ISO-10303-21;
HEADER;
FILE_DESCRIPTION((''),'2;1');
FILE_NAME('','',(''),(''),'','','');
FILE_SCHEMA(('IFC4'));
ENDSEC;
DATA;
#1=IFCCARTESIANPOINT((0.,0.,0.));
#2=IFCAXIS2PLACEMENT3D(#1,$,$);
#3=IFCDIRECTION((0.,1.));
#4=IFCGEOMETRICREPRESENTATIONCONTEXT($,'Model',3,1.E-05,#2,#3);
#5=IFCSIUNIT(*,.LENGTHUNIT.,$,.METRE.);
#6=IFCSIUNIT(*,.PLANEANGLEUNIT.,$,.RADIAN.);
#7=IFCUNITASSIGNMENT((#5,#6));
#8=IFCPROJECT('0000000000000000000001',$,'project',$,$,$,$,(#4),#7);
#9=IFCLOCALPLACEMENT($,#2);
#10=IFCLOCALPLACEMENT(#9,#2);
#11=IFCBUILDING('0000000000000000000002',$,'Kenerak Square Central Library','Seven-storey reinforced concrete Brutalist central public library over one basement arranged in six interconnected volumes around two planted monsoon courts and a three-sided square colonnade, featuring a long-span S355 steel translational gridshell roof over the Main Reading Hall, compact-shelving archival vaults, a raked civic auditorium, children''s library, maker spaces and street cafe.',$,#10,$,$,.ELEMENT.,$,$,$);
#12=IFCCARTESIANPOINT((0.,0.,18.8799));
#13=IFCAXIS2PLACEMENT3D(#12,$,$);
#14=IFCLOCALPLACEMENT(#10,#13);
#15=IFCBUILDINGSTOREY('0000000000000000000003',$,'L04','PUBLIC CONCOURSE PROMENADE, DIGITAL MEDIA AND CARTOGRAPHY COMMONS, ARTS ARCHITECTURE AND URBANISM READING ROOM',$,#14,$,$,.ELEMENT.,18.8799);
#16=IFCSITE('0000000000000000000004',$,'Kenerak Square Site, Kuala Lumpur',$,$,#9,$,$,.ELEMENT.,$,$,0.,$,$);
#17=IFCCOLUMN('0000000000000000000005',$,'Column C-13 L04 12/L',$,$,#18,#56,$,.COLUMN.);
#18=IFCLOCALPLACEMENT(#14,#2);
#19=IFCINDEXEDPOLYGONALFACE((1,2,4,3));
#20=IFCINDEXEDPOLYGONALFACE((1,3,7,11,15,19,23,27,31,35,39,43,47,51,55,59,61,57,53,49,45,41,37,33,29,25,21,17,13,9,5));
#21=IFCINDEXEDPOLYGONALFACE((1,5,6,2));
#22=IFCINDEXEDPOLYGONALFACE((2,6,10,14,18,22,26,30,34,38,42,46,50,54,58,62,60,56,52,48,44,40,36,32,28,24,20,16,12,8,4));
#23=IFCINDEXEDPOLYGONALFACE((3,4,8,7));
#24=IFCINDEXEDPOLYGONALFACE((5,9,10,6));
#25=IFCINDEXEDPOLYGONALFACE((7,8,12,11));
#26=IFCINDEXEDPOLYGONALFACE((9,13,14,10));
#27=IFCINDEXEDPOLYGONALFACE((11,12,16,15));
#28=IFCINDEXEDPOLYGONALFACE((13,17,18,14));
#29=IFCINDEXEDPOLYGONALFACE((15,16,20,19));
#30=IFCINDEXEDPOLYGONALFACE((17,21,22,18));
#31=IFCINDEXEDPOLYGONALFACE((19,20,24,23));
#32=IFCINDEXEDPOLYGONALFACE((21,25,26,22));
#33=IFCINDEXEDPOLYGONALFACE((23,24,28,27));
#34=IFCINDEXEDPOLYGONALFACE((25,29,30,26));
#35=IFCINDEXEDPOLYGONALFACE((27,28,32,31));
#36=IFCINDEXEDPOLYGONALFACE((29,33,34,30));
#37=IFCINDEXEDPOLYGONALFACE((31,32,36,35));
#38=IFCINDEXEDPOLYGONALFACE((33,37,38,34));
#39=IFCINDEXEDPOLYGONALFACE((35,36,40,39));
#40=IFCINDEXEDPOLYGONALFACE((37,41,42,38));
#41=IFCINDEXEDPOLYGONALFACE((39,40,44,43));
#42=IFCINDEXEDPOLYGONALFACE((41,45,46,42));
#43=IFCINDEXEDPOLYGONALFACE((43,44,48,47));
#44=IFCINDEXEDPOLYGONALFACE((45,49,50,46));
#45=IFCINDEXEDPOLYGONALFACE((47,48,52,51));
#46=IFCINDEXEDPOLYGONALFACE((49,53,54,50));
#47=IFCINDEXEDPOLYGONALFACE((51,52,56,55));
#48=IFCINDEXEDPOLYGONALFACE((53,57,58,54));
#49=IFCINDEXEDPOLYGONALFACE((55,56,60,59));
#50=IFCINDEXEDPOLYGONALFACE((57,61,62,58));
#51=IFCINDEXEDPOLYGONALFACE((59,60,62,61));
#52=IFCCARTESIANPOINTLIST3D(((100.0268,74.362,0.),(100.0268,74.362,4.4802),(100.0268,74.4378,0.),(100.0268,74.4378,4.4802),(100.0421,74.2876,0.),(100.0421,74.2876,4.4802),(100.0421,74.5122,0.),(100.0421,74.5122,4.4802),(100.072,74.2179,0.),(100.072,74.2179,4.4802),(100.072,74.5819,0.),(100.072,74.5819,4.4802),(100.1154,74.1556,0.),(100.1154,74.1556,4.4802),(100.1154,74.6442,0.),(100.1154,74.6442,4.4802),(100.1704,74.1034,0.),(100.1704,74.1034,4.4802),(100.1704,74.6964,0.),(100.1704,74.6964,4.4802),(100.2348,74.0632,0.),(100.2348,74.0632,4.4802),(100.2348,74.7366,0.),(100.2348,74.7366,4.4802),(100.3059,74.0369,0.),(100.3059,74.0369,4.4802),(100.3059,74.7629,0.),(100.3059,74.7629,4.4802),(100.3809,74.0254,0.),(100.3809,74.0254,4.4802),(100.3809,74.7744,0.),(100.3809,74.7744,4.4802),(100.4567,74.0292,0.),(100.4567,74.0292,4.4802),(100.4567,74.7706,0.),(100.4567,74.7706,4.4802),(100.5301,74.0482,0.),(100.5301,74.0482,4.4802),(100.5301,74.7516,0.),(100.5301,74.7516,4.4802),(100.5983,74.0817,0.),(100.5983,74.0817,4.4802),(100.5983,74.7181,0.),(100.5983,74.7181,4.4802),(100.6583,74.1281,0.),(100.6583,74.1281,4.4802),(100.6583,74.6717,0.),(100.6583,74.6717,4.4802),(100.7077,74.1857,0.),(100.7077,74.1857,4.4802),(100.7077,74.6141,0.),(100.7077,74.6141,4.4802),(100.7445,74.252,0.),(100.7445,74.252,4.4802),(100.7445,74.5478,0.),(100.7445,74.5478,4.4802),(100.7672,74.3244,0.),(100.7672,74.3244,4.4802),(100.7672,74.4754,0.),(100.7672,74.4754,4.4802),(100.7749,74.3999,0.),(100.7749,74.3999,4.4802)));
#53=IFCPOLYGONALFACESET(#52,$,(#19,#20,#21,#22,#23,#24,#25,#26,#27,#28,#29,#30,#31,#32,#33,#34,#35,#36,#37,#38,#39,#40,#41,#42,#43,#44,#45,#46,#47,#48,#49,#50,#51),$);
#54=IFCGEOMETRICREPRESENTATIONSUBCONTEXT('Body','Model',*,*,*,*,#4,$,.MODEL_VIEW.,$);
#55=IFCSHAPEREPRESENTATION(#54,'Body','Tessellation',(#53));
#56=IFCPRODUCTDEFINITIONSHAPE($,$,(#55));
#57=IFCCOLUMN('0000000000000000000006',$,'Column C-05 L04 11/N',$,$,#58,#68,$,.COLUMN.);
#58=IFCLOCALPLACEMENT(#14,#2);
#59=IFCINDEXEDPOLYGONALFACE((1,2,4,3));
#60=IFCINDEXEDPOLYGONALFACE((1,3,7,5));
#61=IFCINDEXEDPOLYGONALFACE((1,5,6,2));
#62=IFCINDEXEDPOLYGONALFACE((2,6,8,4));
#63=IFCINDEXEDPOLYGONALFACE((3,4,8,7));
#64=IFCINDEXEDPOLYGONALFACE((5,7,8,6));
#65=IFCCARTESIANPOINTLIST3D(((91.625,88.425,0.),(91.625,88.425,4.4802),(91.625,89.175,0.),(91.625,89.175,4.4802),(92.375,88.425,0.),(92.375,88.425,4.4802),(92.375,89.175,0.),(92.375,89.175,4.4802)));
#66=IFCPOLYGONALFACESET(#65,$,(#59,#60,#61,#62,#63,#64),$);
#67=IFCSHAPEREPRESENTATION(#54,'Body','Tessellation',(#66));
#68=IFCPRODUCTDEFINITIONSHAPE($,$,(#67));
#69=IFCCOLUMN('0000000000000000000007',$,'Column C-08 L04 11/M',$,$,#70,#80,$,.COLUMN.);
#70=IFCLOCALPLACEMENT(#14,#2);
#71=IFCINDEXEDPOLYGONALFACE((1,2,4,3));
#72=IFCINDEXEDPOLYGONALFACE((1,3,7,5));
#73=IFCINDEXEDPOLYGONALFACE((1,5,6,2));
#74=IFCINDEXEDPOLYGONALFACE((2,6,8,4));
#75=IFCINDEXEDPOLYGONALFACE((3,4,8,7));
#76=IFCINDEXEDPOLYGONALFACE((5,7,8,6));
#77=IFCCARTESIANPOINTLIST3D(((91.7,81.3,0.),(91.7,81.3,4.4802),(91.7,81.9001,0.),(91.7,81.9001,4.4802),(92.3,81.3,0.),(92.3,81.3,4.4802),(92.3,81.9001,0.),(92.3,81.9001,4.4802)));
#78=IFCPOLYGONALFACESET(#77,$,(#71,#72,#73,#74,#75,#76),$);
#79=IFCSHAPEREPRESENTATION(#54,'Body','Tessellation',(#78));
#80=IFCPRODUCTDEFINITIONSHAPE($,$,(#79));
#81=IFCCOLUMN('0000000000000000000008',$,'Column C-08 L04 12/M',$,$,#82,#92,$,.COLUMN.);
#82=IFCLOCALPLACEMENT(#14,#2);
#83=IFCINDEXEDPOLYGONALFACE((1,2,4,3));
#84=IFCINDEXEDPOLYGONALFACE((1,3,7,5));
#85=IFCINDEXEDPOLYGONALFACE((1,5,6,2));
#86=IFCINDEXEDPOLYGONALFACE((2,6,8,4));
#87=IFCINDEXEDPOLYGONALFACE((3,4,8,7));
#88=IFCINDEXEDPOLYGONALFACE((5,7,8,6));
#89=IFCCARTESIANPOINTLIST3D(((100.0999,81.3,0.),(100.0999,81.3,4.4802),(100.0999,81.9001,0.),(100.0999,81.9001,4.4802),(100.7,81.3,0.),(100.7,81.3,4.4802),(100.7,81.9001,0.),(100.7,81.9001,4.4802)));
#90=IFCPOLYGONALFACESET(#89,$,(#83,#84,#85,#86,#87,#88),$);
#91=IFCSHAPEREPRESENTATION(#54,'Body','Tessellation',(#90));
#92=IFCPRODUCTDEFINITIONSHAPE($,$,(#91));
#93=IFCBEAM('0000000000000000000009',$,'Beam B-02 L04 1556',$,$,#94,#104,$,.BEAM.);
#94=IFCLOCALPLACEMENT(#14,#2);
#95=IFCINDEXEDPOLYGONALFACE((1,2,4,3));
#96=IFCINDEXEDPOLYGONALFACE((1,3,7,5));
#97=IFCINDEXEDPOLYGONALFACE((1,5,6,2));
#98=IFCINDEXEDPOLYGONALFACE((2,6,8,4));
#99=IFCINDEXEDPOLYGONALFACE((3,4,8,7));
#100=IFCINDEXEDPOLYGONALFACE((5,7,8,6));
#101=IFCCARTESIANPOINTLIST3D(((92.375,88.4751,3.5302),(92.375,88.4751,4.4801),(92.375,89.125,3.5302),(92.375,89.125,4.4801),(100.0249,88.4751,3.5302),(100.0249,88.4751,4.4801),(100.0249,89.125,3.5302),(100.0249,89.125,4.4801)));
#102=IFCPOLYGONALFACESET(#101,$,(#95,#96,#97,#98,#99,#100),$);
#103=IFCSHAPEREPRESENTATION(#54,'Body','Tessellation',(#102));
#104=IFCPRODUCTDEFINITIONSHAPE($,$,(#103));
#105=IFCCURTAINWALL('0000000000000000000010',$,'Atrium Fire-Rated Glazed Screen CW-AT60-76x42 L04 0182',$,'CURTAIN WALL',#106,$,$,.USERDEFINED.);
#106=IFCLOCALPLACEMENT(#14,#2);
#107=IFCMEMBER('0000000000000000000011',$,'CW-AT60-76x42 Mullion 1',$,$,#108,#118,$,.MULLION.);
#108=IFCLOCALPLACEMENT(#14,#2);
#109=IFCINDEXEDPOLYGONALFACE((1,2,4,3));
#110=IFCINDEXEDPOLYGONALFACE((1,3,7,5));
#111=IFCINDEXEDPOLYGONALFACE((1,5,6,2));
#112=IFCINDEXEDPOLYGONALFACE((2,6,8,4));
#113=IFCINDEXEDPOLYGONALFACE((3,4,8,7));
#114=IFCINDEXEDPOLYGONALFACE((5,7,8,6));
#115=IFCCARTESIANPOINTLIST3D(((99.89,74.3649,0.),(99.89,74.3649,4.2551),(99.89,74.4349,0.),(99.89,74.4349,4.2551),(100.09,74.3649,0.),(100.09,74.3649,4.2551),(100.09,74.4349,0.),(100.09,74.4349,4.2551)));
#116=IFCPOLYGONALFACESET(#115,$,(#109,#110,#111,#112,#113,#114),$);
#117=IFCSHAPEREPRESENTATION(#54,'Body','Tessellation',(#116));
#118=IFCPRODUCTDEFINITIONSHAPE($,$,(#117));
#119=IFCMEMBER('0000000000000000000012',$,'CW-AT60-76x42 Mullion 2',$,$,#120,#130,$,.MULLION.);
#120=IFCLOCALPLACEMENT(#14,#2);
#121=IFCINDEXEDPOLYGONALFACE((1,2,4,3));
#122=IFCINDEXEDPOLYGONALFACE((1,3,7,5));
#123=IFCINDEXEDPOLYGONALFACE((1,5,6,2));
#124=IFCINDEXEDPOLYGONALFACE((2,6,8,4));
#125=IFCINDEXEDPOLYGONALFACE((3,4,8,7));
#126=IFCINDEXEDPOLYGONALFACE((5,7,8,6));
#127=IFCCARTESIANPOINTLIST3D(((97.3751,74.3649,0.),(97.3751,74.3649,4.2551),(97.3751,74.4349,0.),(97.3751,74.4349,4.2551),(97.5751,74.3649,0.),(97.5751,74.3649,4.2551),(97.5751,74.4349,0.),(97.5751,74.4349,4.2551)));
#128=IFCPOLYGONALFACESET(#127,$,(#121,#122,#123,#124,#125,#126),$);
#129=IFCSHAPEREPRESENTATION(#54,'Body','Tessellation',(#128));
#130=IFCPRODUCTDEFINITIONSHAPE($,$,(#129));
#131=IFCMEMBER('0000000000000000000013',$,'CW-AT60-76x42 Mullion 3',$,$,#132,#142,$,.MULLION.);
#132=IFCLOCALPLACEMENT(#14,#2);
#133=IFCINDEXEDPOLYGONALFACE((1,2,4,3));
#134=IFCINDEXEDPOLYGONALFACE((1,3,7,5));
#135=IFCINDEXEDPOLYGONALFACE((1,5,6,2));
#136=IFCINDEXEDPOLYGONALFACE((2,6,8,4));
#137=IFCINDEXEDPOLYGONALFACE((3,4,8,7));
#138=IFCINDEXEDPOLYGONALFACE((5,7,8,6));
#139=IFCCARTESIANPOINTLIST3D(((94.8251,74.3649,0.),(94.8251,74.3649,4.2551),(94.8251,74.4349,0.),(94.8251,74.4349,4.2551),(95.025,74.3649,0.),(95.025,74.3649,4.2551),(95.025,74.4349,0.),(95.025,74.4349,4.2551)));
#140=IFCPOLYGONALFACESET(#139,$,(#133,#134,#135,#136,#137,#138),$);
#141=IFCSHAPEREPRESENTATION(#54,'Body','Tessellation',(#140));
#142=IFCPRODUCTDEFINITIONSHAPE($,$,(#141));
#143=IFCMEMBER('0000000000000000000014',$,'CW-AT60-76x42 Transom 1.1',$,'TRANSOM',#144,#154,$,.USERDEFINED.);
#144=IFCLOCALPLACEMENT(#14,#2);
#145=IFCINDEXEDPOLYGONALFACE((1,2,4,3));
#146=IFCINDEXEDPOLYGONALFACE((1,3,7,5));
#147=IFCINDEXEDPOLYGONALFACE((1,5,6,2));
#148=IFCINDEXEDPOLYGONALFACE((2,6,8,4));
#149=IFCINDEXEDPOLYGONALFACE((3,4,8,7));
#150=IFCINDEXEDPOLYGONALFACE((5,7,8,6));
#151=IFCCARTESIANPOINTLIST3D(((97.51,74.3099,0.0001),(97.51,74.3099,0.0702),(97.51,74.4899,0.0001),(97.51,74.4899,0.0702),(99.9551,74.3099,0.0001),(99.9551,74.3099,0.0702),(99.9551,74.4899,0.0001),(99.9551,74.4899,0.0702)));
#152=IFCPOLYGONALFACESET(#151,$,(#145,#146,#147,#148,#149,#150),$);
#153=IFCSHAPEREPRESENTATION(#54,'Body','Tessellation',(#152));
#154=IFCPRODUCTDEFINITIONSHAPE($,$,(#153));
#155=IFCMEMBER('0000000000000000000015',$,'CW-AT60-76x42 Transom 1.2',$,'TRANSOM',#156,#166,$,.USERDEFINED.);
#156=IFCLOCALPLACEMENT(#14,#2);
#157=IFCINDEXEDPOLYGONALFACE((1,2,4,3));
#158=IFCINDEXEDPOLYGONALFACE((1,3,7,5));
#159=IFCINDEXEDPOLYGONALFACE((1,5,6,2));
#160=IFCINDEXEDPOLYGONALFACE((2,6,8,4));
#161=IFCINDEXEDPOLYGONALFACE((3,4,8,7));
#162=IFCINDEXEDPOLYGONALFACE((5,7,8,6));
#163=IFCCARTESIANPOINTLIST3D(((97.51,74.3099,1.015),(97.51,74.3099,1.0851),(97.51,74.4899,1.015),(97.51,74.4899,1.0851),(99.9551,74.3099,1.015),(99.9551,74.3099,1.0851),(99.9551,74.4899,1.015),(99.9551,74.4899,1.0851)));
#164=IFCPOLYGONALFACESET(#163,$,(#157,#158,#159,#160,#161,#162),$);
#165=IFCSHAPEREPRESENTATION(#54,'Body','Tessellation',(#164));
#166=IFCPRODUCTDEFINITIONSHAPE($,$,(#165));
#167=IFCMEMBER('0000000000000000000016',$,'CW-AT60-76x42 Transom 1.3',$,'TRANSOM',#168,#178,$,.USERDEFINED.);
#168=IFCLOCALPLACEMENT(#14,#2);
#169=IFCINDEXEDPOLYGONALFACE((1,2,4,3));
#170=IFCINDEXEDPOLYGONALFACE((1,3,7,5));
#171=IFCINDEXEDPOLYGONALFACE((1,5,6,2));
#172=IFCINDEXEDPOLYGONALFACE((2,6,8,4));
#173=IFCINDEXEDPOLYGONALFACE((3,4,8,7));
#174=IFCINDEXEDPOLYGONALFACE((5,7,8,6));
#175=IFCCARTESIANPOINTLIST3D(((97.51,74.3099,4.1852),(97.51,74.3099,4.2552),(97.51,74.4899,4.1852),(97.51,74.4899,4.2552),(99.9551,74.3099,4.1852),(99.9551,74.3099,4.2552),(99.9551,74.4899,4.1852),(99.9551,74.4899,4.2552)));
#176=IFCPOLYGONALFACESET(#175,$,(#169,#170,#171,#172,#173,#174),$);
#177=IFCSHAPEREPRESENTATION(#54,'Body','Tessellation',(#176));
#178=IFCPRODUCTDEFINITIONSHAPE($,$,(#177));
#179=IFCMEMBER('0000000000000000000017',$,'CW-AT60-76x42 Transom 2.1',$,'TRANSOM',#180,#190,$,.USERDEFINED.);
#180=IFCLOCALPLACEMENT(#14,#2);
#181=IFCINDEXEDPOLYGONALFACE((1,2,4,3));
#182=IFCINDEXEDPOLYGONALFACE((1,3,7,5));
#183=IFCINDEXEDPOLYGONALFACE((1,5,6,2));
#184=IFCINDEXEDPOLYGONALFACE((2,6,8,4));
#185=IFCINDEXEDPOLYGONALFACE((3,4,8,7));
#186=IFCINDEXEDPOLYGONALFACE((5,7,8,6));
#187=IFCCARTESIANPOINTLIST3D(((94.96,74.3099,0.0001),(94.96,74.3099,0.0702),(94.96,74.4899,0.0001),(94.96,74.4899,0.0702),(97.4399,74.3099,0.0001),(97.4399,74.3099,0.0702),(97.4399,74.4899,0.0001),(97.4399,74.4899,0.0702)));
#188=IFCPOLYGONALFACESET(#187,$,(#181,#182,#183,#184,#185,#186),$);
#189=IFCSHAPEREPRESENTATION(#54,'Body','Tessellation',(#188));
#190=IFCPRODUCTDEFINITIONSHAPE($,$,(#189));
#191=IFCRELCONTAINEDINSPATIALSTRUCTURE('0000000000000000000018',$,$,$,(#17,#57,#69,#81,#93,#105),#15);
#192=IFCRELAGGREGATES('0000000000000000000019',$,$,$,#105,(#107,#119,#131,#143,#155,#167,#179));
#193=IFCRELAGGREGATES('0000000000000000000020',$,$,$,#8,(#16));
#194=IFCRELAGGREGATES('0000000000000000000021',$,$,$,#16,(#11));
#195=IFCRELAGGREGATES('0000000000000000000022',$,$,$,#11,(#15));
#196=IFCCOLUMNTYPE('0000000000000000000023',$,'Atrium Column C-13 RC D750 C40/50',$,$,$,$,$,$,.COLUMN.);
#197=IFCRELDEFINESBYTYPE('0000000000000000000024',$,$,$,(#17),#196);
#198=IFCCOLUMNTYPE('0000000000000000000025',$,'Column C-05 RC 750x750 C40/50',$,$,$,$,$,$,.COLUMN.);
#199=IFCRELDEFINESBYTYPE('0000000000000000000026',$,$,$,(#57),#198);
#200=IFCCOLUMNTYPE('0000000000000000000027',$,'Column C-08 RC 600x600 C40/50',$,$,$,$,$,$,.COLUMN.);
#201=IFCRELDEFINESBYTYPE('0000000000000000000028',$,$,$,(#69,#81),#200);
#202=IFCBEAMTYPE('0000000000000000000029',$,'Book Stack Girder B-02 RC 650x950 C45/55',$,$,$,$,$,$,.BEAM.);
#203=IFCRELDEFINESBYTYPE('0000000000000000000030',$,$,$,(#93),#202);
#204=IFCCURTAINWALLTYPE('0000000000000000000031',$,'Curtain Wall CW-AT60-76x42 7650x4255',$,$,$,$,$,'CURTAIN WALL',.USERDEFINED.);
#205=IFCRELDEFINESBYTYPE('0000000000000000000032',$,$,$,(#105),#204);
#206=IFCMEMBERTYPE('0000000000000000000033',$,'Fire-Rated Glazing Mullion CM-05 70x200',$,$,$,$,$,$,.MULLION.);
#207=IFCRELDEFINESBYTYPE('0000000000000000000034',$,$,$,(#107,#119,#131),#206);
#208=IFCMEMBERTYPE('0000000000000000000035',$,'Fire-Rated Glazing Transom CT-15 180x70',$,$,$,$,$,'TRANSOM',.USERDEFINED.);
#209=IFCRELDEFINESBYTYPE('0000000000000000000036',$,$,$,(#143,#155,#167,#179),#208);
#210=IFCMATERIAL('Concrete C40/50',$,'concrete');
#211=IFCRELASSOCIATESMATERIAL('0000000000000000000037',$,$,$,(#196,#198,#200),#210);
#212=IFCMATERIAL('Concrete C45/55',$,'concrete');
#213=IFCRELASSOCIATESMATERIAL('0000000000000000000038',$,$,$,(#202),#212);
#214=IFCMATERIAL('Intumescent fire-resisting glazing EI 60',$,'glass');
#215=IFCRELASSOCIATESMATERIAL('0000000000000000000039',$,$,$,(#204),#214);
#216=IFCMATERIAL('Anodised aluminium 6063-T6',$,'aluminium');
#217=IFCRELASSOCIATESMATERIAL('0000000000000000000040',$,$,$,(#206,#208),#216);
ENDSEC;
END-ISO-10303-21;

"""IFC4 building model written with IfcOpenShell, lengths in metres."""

from ifc_helpers import new_model, si_unit, direction, frame, origin, origin_2d, place, context, subcontext, project, spatial, rectangle, circle, extrude, material, material_profile, profile_set, type_object, element, aggregate, save


model = new_model("IFC4")

# Units and contexts
model_context = context("Model", 3, precision=1e-05, world=origin(), true_north=direction((0.0, 1.0)))
body_context = subcontext(model_context, "Body", "Model", "MODEL_VIEW")
ifc_project = project(units=[si_unit("LENGTHUNIT", "METRE"), si_unit("PLANEANGLEUNIT", "RADIAN")], contexts=[model_context])

# Site, building, storey
site_placement = place(None, origin())
site = spatial("IfcSite", under=ifc_project, at=site_placement, Name="Kenerak Square Site, Kuala Lumpur", CompositionType="ELEMENT", RefElevation=0.0)
building_placement = place(site_placement, origin())
building = spatial("IfcBuilding", under=site, at=building_placement, Name="Kenerak Square Central Library", Description="Seven-storey reinforced concrete Brutalist central public library over one basement arranged in six interconnected volumes around two planted monsoon courts and a three-sided square colonnade, featuring a long-span S355 steel translational gridshell roof over the Main Reading Hall, compact-shelving archival vaults, a raked civic auditorium, children's library, maker spaces and street cafe.", CompositionType="ELEMENT")
storey_placement = place(building_placement, frame((0.0, 0.0, 18.8799)))
storey = spatial("IfcBuildingStorey", under=building, at=storey_placement, Name="L04", Description="PUBLIC CONCOURSE PROMENADE, DIGITAL MEDIA AND CARTOGRAPHY COMMONS, ARTS ARCHITECTURE AND URBANISM READING ROOM", CompositionType="ELEMENT", Elevation=18.8799)

# Columns
ifc_material_1 = material(Name="Concrete C40/50", Category="concrete")
ifc_material_profile_1 = material_profile(ifc_material_1, circle(Radius=0.375, at=origin_2d()), Name="RC D750")
ifc_profile_set_1 = profile_set([ifc_material_profile_1], Name="Concrete C40/50")
column_type_1 = type_object("IfcColumnType", Name="Atrium Column C-13 RC D750 C40/50", PredefinedType="COLUMN", material=ifc_profile_set_1)
column_1_placement = place(storey_placement, frame((100.3999, 74.3999, 0.0), z_axis=(0.0, 0.0, 1.0), x_axis=(1.0, 0.0, 0.0)))
element("IfcColumn", 1, at=column_1_placement, inside=storey, type_object=column_type_1, Name="Column C-13 L04 12/L", PredefinedType="COLUMN", context=body_context, shape_type="SweptSolid", body=[
    extrude(circle(Radius=0.375, at=origin_2d()), origin(), (0.0, 0.0, 1.0), 4.4802),
])
ifc_material_profile_2 = material_profile(ifc_material_1, rectangle(XDim=0.75, YDim=0.75, at=origin_2d()), Name="RC 750x750")
ifc_profile_set_2 = profile_set([ifc_material_profile_2], Name="Concrete C40/50")
column_type_2 = type_object("IfcColumnType", Name="Column C-05 RC 750x750 C40/50", PredefinedType="COLUMN", material=ifc_profile_set_2)
column_2_placement = place(storey_placement, frame((92.0, 88.8, 0.0), z_axis=(0.0, 0.0, 1.0), x_axis=(1.0, 0.0, 0.0)))
element("IfcColumn", 2, at=column_2_placement, inside=storey, type_object=column_type_2, Name="Column C-05 L04 11/N", PredefinedType="COLUMN", context=body_context, shape_type="SweptSolid", body=[
    extrude(rectangle(XDim=0.75, YDim=0.75, at=origin_2d()), origin(), (0.0, 0.0, 1.0), 4.4802),
])
ifc_material_profile_3 = material_profile(ifc_material_1, rectangle(XDim=0.6001, YDim=0.6001, at=origin_2d()), Name="RC 600x600")
ifc_profile_set_3 = profile_set([ifc_material_profile_3], Name="Concrete C40/50")
column_type_3 = type_object("IfcColumnType", Name="Column C-08 RC 600x600 C40/50", PredefinedType="COLUMN", material=ifc_profile_set_3)
for number, where, z_axis, x_axis, name in (
    (3, (92.0, 81.6001, 0.0), (0.0, 0.0, 1.0), (1.0, 0.0, 0.0), "Column C-08 L04 11/M"),
    (4, (100.3999, 81.6001, 0.0), (0.0, 0.0, 1.0), (1.0, 0.0, 0.0), "Column C-08 L04 12/M"),
):
    element("IfcColumn", number, at=place(storey_placement, frame(where, z_axis=z_axis, x_axis=x_axis)), inside=storey, type_object=column_type_3, Name=name, PredefinedType="COLUMN", context=body_context, shape_type="SweptSolid", body=[
        extrude(rectangle(XDim=0.6001, YDim=0.6001, at=origin_2d()), origin(), (0.0, 0.0, 1.0), 4.4802),
    ])

# Beam
ifc_material_2 = material(Name="Concrete C45/55", Category="concrete")
ifc_material_profile_4 = material_profile(ifc_material_2, rectangle(XDim=0.6499, YDim=0.95, at=origin_2d()), Name="RC 650x950")
ifc_profile_set_4 = profile_set([ifc_material_profile_4], Name="Concrete C45/55")
beam_type_1 = type_object("IfcBeamType", Name="Book Stack Girder B-02 RC 650x950 C45/55", PredefinedType="BEAM", material=ifc_profile_set_4)
beam_1_placement = place(storey_placement, frame((92.375, 88.8, 4.0051), z_axis=(1.0, 0.0, 0.0), x_axis=(0.0, 1.0, 0.0)))
element("IfcBeam", 5, at=beam_1_placement, inside=storey, type_object=beam_type_1, Name="Beam B-02 L04 1556", PredefinedType="BEAM", context=body_context, shape_type="SweptSolid", body=[
    extrude(rectangle(XDim=0.6499, YDim=0.95, at=origin_2d()), origin(), (0.0, 0.0, 1.0), 7.6499),
])

# Curtain wall, members
ifc_material_3 = material(Name="Intumescent fire-resisting glazing EI 60", Category="glass")
curtain_wall_type = type_object("IfcCurtainWallType", Name="Curtain Wall CW-AT60-76x42 7650x4255", ElementType="CURTAIN WALL", PredefinedType="USERDEFINED", material=ifc_material_3)
curtain_wall_placement = place(storey_placement, origin())
curtain_wall = element("IfcCurtainWall", 6, at=curtain_wall_placement, inside=storey, type_object=curtain_wall_type, Name="Atrium Fire-Rated Glazed Screen CW-AT60-76x42 L04 0182", ObjectType="CURTAIN WALL", PredefinedType="USERDEFINED")
ifc_material_4 = material(Name="Anodised aluminium 6063-T6", Category="aluminium")
ifc_material_profile_5 = material_profile(ifc_material_4, rectangle(XDim=0.0701, YDim=0.2, at=origin_2d()), Name="AL MULLION 70x200")
ifc_profile_set_5 = profile_set([ifc_material_profile_5], Name="Anodised aluminium 6063-T6")
member_type_1 = type_object("IfcMemberType", Name="Fire-Rated Glazing Mullion CM-05 70x200", PredefinedType="MULLION", material=ifc_profile_set_5)
member_1_placement = place(storey_placement, frame((99.99, 74.3999, 0.0), z_axis=(0.0, 0.0, 1.0), x_axis=(0.0, -1.0, 0.0)))
member_1 = element("IfcMember", 7, at=member_1_placement, type_object=member_type_1, Name="CW-AT60-76x42 Mullion 1", PredefinedType="MULLION", context=body_context, shape_type="SweptSolid", body=[
    extrude(rectangle(XDim=0.0701, YDim=0.2, at=origin_2d()), origin(), (0.0, 0.0, 1.0), 4.2551),
])
member_2_placement = place(storey_placement, frame((97.4751, 74.3999, 0.0), z_axis=(0.0, 0.0, 1.0), x_axis=(0.0, -1.0, 0.0)))
member_2 = element("IfcMember", 8, at=member_2_placement, type_object=member_type_1, Name="CW-AT60-76x42 Mullion 2", PredefinedType="MULLION", context=body_context, shape_type="SweptSolid", body=[
    extrude(rectangle(XDim=0.0701, YDim=0.2, at=origin_2d()), origin(), (0.0, 0.0, 1.0), 4.2551),
])
member_3_placement = place(storey_placement, frame((94.925, 74.3999, 0.0), z_axis=(0.0, 0.0, 1.0), x_axis=(0.0, -1.0, 0.0)))
member_3 = element("IfcMember", 9, at=member_3_placement, type_object=member_type_1, Name="CW-AT60-76x42 Mullion 3", PredefinedType="MULLION", context=body_context, shape_type="SweptSolid", body=[
    extrude(rectangle(XDim=0.0701, YDim=0.2, at=origin_2d()), origin(), (0.0, 0.0, 1.0), 4.2551),
])
ifc_material_profile_6 = material_profile(ifc_material_4, rectangle(XDim=0.1799, YDim=0.0701, at=origin_2d()), Name="AL TRANSOM 180x70")
ifc_profile_set_6 = profile_set([ifc_material_profile_6], Name="Anodised aluminium 6063-T6")
member_type_2 = type_object("IfcMemberType", Name="Fire-Rated Glazing Transom CT-15 180x70", ElementType="TRANSOM", PredefinedType="USERDEFINED", material=ifc_profile_set_6)
member_4_placement = place(storey_placement, frame((99.9551, 74.3999, 0.0352), z_axis=(-1.0, 0.0, 0.0), x_axis=(0.0, -1.0, 0.0)))
member_4 = element("IfcMember", 10, at=member_4_placement, type_object=member_type_2, Name="CW-AT60-76x42 Transom 1.1", ObjectType="TRANSOM", PredefinedType="USERDEFINED", context=body_context, shape_type="SweptSolid", body=[
    extrude(rectangle(XDim=0.1799, YDim=0.0701, at=origin_2d()), origin(), (0.0, 0.0, 1.0), 2.4451),
])
member_5_placement = place(storey_placement, frame((99.9551, 74.3999, 1.05), z_axis=(-1.0, 0.0, 0.0), x_axis=(0.0, -1.0, 0.0)))
member_5 = element("IfcMember", 11, at=member_5_placement, type_object=member_type_2, Name="CW-AT60-76x42 Transom 1.2", ObjectType="TRANSOM", PredefinedType="USERDEFINED", context=body_context, shape_type="SweptSolid", body=[
    extrude(rectangle(XDim=0.1799, YDim=0.0701, at=origin_2d()), origin(), (0.0, 0.0, 1.0), 2.4451),
])
member_6_placement = place(storey_placement, frame((99.9551, 74.3999, 4.2202), z_axis=(-1.0, 0.0, 0.0), x_axis=(0.0, -1.0, 0.0)))
member_6 = element("IfcMember", 12, at=member_6_placement, type_object=member_type_2, Name="CW-AT60-76x42 Transom 1.3", ObjectType="TRANSOM", PredefinedType="USERDEFINED", context=body_context, shape_type="SweptSolid", body=[
    extrude(rectangle(XDim=0.1799, YDim=0.0701, at=origin_2d()), origin(), (0.0, 0.0, 1.0), 2.4451),
])
member_7_placement = place(storey_placement, frame((97.4399, 74.3999, 0.0352), z_axis=(-1.0, 0.0, 0.0), x_axis=(0.0, -1.0, 0.0)))
member_7 = element("IfcMember", 13, at=member_7_placement, type_object=member_type_2, Name="CW-AT60-76x42 Transom 2.1", ObjectType="TRANSOM", PredefinedType="USERDEFINED", context=body_context, shape_type="SweptSolid", body=[
    extrude(rectangle(XDim=0.1799, YDim=0.0701, at=origin_2d()), origin(), (0.0, 0.0, 1.0), 2.48),
])

aggregate(curtain_wall, [member_1, member_2, member_3, member_4, member_5, member_6, member_7])

save(model, "model.ifc")
